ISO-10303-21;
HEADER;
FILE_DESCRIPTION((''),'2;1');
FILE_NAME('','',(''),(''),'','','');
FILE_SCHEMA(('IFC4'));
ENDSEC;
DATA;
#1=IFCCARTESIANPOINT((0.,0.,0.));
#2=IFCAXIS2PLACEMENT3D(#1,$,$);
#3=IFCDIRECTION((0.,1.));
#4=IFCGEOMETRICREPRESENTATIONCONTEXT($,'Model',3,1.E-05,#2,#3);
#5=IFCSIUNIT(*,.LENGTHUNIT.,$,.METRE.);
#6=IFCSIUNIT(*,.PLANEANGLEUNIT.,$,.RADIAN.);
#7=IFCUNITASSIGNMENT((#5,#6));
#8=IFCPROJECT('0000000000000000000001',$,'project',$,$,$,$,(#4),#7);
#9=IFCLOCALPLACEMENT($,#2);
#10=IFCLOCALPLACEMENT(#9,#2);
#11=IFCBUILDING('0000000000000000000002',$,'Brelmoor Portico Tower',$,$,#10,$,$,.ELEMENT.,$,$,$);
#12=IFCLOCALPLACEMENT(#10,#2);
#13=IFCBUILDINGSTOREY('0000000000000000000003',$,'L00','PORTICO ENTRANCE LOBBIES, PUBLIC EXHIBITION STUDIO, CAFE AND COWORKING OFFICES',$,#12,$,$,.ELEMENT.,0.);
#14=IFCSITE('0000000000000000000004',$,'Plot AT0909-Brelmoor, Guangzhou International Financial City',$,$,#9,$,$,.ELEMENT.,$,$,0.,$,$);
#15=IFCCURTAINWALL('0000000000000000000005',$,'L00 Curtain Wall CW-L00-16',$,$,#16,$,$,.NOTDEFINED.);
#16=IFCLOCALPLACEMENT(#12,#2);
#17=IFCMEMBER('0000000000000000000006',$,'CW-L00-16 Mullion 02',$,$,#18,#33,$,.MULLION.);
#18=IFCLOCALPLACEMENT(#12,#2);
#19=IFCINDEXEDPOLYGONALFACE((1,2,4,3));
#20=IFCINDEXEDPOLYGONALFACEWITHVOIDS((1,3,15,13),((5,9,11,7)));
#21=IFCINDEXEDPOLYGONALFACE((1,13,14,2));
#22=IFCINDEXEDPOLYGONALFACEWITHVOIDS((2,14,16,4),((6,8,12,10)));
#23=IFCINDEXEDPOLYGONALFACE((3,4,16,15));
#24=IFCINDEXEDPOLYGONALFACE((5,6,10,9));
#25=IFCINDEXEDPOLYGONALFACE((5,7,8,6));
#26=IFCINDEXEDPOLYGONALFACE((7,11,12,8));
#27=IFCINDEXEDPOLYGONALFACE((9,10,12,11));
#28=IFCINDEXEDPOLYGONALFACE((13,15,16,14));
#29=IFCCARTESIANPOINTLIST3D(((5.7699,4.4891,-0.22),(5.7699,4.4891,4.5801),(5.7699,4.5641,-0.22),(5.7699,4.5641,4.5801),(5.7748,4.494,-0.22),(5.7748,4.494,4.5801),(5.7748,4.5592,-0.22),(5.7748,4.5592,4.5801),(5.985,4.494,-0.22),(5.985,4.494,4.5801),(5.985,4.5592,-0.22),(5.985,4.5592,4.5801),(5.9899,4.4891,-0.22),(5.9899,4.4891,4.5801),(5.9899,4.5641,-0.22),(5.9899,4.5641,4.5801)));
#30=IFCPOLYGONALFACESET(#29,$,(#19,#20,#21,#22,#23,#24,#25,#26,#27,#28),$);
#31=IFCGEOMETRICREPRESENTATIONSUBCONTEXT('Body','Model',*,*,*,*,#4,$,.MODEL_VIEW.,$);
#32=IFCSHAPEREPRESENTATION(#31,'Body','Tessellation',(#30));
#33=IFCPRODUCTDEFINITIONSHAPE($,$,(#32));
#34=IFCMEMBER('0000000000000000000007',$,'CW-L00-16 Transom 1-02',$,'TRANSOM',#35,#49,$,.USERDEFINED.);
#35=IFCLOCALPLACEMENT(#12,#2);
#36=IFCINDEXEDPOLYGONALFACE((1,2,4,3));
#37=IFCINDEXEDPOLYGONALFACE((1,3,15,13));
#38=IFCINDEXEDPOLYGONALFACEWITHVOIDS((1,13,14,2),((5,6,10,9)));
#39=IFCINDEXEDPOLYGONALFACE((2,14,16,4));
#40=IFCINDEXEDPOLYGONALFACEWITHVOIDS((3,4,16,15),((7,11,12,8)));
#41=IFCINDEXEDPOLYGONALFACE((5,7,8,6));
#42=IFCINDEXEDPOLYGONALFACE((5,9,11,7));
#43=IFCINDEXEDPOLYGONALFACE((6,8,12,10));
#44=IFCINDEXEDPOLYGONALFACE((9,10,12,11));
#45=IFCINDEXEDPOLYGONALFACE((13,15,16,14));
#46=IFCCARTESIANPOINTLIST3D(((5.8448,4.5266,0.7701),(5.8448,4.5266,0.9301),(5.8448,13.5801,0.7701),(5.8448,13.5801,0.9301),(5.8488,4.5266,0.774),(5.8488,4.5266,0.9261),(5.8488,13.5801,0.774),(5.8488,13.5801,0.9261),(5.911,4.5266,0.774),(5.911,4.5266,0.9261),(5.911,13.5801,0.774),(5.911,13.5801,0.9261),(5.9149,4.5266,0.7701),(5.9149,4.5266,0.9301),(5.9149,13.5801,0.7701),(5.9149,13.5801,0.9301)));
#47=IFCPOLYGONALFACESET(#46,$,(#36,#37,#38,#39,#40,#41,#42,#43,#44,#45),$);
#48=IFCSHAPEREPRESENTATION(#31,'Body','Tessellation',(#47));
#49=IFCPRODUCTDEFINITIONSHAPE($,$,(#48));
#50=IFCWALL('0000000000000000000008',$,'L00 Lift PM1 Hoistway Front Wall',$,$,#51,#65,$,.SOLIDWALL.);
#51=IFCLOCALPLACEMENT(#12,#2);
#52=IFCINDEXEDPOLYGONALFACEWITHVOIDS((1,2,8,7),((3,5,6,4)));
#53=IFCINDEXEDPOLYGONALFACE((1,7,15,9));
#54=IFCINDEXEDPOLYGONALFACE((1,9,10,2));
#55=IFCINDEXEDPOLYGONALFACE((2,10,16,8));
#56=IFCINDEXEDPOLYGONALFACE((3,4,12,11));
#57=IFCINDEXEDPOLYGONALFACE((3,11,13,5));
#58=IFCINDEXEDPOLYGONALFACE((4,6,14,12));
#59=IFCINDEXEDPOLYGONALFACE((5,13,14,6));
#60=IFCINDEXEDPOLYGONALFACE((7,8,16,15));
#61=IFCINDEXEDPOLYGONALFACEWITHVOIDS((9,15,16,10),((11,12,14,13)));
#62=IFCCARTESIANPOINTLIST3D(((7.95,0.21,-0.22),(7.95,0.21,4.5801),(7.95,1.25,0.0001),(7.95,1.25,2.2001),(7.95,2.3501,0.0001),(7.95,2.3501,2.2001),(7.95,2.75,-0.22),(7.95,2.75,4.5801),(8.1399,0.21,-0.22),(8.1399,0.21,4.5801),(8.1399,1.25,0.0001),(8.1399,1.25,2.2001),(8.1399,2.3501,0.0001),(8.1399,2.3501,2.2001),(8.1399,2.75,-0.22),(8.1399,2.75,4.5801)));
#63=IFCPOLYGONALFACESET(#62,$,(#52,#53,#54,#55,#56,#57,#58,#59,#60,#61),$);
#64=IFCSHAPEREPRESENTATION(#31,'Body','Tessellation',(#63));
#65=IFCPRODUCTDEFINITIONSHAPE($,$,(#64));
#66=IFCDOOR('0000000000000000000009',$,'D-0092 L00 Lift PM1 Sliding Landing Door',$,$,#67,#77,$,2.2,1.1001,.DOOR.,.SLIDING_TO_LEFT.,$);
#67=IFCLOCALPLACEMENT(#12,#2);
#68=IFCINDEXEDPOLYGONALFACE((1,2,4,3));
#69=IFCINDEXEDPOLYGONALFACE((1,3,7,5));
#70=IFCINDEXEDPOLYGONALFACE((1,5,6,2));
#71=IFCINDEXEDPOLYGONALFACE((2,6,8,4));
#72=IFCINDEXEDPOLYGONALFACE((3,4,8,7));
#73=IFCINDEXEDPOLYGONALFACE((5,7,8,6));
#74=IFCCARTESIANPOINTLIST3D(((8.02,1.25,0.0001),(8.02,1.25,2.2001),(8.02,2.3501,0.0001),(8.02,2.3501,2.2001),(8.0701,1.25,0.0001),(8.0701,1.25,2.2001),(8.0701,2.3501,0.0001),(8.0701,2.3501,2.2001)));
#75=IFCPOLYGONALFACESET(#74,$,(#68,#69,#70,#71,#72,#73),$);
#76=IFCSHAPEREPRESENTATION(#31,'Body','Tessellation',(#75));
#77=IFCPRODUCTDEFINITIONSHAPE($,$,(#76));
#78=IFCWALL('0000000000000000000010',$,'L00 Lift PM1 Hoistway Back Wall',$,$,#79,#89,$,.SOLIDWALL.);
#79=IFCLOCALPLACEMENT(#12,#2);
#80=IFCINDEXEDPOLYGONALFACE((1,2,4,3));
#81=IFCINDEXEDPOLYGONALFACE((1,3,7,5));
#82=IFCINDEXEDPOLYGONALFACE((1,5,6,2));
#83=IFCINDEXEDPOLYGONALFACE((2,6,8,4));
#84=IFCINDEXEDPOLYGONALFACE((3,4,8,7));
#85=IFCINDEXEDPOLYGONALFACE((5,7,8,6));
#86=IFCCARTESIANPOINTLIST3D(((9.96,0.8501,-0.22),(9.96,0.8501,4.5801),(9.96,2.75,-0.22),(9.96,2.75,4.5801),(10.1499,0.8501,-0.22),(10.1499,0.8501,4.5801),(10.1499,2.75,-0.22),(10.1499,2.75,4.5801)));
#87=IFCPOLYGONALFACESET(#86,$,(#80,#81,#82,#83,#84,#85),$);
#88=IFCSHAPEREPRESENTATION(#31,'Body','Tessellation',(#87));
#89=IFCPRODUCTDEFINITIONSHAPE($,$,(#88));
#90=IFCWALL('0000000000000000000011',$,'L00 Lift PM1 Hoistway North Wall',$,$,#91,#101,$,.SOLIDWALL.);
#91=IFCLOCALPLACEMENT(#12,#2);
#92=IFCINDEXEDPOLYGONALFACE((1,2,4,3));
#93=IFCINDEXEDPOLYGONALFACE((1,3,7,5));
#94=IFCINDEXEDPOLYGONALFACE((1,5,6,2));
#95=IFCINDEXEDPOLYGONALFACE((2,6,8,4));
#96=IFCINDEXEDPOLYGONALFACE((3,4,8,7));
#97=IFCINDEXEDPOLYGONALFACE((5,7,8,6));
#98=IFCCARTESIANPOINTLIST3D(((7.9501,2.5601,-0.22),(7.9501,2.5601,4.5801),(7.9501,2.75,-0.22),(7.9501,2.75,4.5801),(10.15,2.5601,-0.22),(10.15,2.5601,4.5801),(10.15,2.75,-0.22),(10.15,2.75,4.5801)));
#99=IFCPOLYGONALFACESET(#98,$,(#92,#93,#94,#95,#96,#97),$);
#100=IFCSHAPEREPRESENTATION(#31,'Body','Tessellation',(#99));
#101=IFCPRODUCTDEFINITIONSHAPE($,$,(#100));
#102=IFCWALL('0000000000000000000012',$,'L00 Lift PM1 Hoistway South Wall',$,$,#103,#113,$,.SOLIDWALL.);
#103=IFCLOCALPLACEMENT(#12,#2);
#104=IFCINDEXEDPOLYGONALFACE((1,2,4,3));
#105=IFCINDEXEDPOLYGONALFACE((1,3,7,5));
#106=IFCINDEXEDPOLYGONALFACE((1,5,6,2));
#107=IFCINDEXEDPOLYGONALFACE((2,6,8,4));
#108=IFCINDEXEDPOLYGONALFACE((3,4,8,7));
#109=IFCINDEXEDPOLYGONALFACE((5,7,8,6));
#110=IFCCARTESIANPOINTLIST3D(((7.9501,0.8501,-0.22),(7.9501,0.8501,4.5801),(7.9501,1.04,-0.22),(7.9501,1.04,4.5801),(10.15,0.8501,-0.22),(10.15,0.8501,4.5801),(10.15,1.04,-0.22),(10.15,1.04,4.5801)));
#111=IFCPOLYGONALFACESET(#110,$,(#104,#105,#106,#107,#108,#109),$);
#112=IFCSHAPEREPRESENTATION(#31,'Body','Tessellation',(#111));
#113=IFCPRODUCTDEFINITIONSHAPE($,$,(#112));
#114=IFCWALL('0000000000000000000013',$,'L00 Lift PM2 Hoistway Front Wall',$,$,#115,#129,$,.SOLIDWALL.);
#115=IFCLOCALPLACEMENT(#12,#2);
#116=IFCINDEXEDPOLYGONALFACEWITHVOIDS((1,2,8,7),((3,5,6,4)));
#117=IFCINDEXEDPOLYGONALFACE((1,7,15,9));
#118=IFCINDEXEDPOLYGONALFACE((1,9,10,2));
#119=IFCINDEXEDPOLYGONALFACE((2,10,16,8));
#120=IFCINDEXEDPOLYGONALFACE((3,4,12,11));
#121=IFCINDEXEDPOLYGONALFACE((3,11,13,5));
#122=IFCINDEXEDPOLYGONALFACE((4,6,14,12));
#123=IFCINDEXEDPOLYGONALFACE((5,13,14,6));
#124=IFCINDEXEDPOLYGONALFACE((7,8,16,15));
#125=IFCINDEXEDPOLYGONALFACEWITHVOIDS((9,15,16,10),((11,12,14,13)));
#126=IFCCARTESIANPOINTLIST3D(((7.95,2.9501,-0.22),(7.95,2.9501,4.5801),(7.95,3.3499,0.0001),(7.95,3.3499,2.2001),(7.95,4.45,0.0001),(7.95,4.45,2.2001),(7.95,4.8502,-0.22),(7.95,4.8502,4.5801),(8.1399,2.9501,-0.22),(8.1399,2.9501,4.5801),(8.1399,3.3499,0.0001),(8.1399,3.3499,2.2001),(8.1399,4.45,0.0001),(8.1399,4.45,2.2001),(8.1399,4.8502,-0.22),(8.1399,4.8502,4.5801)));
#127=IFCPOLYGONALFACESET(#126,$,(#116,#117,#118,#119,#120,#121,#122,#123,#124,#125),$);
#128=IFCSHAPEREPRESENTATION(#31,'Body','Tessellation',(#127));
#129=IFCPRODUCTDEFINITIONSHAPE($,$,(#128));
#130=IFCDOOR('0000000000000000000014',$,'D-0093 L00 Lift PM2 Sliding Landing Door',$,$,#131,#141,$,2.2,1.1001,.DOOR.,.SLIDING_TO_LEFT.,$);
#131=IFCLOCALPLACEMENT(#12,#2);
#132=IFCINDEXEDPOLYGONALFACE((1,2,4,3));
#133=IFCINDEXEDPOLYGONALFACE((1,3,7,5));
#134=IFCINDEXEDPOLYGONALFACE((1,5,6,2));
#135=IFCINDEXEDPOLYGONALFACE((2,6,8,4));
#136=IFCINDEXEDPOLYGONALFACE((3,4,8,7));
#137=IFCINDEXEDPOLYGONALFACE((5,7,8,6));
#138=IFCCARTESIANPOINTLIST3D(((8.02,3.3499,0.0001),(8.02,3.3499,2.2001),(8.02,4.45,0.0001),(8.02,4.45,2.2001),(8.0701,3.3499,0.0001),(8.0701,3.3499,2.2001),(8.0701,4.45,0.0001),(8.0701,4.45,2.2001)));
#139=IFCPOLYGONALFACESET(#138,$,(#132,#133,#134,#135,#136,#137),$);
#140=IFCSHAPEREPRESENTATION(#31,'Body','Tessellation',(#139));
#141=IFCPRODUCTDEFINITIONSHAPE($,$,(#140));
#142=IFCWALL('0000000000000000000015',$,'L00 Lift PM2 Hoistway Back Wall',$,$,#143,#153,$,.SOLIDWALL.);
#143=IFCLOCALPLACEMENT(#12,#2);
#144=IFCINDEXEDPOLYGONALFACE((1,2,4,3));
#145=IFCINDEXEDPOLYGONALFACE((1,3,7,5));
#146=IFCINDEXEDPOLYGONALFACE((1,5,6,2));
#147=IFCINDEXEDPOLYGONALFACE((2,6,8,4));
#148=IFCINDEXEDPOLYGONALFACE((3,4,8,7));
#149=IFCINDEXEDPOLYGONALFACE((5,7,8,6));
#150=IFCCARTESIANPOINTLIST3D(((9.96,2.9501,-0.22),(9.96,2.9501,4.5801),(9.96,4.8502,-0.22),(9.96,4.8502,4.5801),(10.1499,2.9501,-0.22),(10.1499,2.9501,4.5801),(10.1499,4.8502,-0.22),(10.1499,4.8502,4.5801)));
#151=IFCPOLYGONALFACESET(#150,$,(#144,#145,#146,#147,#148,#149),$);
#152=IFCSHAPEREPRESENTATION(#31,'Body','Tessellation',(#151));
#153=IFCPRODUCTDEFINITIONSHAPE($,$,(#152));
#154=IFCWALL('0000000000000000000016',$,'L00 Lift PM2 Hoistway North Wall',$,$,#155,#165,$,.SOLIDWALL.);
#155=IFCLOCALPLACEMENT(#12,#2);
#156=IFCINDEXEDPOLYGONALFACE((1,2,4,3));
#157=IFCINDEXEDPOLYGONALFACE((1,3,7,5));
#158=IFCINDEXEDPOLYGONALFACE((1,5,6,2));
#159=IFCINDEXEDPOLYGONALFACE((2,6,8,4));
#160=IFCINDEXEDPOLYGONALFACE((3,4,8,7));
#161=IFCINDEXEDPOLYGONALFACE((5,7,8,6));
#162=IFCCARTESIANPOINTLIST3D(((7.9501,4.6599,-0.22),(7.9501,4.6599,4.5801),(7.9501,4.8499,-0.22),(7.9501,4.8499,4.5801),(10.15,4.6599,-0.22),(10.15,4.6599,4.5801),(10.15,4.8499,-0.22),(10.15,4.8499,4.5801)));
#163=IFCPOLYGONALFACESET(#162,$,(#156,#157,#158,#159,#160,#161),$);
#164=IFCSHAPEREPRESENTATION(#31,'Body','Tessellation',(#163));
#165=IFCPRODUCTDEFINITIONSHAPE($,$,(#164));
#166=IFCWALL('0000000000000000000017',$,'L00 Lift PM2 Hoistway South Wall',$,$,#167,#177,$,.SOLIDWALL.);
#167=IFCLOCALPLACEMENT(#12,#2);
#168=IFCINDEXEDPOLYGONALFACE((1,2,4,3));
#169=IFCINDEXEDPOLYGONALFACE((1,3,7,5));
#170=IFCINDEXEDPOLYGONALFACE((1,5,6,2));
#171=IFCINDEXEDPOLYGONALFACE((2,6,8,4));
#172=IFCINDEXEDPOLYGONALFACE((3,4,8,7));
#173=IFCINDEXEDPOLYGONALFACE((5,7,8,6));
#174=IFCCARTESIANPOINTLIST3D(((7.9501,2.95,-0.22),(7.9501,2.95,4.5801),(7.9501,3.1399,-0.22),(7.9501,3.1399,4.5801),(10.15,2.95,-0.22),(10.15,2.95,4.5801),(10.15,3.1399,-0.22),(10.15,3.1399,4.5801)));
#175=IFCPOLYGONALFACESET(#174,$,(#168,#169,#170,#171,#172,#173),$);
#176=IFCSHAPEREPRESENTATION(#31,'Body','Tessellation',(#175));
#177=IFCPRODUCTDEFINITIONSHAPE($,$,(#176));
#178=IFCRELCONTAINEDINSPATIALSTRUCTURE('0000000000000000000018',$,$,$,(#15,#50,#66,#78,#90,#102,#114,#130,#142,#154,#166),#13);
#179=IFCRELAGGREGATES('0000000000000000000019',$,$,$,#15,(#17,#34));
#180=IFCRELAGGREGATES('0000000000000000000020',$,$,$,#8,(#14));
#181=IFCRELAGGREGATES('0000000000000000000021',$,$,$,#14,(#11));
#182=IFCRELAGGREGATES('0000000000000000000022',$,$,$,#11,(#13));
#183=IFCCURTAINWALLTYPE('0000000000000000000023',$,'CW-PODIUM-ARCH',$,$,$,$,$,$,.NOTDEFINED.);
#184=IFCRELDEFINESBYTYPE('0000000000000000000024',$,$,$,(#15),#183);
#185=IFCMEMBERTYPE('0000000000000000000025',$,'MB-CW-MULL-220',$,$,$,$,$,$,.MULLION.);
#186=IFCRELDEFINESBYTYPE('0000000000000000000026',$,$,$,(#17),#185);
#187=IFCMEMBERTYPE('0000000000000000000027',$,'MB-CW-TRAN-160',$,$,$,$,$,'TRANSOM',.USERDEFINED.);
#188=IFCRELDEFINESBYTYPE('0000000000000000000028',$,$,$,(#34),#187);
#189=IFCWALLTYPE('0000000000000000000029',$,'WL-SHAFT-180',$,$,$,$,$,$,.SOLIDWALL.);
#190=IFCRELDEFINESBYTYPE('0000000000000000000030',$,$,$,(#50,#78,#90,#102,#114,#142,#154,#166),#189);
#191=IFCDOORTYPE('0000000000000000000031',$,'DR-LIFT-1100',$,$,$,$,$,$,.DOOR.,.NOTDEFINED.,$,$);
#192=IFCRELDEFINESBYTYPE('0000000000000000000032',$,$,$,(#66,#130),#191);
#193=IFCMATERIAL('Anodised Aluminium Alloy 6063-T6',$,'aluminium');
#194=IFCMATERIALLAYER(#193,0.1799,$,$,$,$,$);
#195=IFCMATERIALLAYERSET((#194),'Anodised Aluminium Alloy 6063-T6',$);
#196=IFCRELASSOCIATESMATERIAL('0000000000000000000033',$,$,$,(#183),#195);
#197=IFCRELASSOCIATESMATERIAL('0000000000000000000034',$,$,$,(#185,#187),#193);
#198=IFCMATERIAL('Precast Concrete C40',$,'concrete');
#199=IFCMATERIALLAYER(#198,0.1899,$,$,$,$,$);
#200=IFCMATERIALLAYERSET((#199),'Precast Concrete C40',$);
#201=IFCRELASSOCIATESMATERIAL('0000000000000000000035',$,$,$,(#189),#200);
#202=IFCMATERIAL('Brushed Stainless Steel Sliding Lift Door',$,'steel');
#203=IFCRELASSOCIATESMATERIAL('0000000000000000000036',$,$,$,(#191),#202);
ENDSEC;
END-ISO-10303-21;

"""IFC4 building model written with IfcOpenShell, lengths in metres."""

from ifc_helpers import new_model, si_unit, direction, frame, frame_2d, origin, origin_2d, place, context, subcontext, project, spatial, rectangle, hollow_rectangle, extrude, material, layer, layer_set, material_profile, profile_set, type_object, element, fill, aggregate, save


model = new_model("IFC4")

# Units and contexts
model_context = context("Model", 3, precision=1e-05, world=origin(), true_north=direction((0.0, 1.0)))
body_context = subcontext(model_context, "Body", "Model", "MODEL_VIEW")
ifc_project = project(units=[si_unit("LENGTHUNIT", "METRE"), si_unit("PLANEANGLEUNIT", "RADIAN")], contexts=[model_context])

# Site, building, storey
site_placement = place(None, origin())
site = spatial("IfcSite", under=ifc_project, at=site_placement, Name="Plot AT0909-Brelmoor, Guangzhou International Financial City", CompositionType="ELEMENT", RefElevation=0.0)
building_placement = place(site_placement, origin())
building = spatial("IfcBuilding", under=site, at=building_placement, Name="Brelmoor Portico Tower", CompositionType="ELEMENT")
storey_placement = place(building_placement, origin())
storey = spatial("IfcBuildingStorey", under=building, at=storey_placement, Name="L00", Description="PORTICO ENTRANCE LOBBIES, PUBLIC EXHIBITION STUDIO, CAFE AND COWORKING OFFICES", CompositionType="ELEMENT", Elevation=0.0)

# Curtain wall, members
ifc_material_1 = material(Name="Anodised Aluminium Alloy 6063-T6", Category="aluminium")
ifc_layer_1 = layer(ifc_material_1, 0.1799)
ifc_layer_set_1 = layer_set([ifc_layer_1], Name="Anodised Aluminium Alloy 6063-T6")
curtain_wall_type = type_object("IfcCurtainWallType", Name="CW-PODIUM-ARCH", PredefinedType="NOTDEFINED", material=ifc_layer_set_1)
curtain_wall_placement = place(storey_placement, origin())
curtain_wall = element("IfcCurtainWall", 1, at=curtain_wall_placement, inside=storey, type_object=curtain_wall_type, Name="L00 Curtain Wall CW-L00-16", PredefinedType="NOTDEFINED")
ifc_material_profile_1 = material_profile(ifc_material_1, hollow_rectangle(XDim=0.075, YDim=0.22, WallThickness=0.0049, at=origin_2d()), Name="ALU MULLION 75x220")
ifc_profile_set_1 = profile_set([ifc_material_profile_1], Name="Anodised Aluminium Alloy 6063-T6")
member_type_1 = type_object("IfcMemberType", Name="MB-CW-MULL-220", PredefinedType="MULLION", material=ifc_profile_set_1)
member_1_placement = place(storey_placement, frame((5.8799, 4.5266, -0.22), z_axis=(0.0, 0.0, 1.0), x_axis=(0.0, 1.0, 0.0)))
member_1 = element("IfcMember", 2, at=member_1_placement, type_object=member_type_1, Name="CW-L00-16 Mullion 02", PredefinedType="MULLION", context=body_context, shape_type="SweptSolid", body=[
    extrude(hollow_rectangle(XDim=0.075, YDim=0.22, WallThickness=0.0049, at=origin_2d()), origin(), (0.0, 0.0, 1.0), 4.8),
])
ifc_material_profile_2 = material_profile(ifc_material_1, hollow_rectangle(XDim=0.0701, YDim=0.1599, WallThickness=0.0039, at=origin_2d()), Name="ALU TRANSOM 70x160")
ifc_profile_set_2 = profile_set([ifc_material_profile_2], Name="Anodised Aluminium Alloy 6063-T6")
member_type_2 = type_object("IfcMemberType", Name="MB-CW-TRAN-160", ElementType="TRANSOM", PredefinedType="USERDEFINED", material=ifc_profile_set_2)
member_2_placement = place(storey_placement, frame((5.8799, 4.5266, 0.8501), z_axis=(0.0, 1.0, 0.0), x_axis=(-1.0, 0.0, 0.0)))
member_2 = element("IfcMember", 3, at=member_2_placement, type_object=member_type_2, Name="CW-L00-16 Transom 1-02", ObjectType="TRANSOM", PredefinedType="USERDEFINED", context=body_context, shape_type="SweptSolid", body=[
    extrude(hollow_rectangle(XDim=0.0701, YDim=0.1599, WallThickness=0.0039, at=origin_2d()), origin(), (0.0, 0.0, 1.0), 9.0535),
])
aggregate(curtain_wall, [member_1, member_2])

# Wall, opening, door
ifc_material_2 = material(Name="Precast Concrete C40", Category="concrete")
ifc_layer_2 = layer(ifc_material_2, 0.1899)
ifc_layer_set_2 = layer_set([ifc_layer_2], Name="Precast Concrete C40")
wall_type = type_object("IfcWallType", Name="WL-SHAFT-180", PredefinedType="SOLIDWALL", material=ifc_layer_set_2)
wall_1_placement = place(storey_placement, frame((8.0449, 0.21, -0.22), z_axis=(0.0, 0.0, 1.0), x_axis=(0.0, 1.0, 0.0)))
wall_1 = element("IfcWall", 4, at=wall_1_placement, inside=storey, type_object=wall_type, Name="L00 Lift PM1 Hoistway Front Wall", PredefinedType="SOLIDWALL", context=body_context, shape_type="SweptSolid", body=[
    extrude(rectangle(XDim=2.54, YDim=0.1899, at=frame_2d((1.27, 0.0))), origin(), (0.0, 0.0, 1.0), 4.8),
])
opening_1_placement = place(wall_1_placement, frame((1.04, 0.0, 0.22)))
opening_1 = element("IfcOpeningElement", 5, at=opening_1_placement, cuts=wall_1, PredefinedType="OPENING", context=body_context, shape_type="SweptSolid", body=[
    extrude(rectangle(XDim=1.1001, YDim=2.2, at=frame_2d((0.55, 1.1001))), frame((0.0, 0.105, 0.0), z_axis=(0.0, -1.0, 0.0), x_axis=(1.0, 0.0, 0.0)), (0.0, 0.0, 1.0), 0.21),
])
ifc_material_3 = material(Name="Brushed Stainless Steel Sliding Lift Door", Category="steel")
door_type = type_object("IfcDoorType", Name="DR-LIFT-1100", OperationType="NOTDEFINED", PredefinedType="DOOR", material=ifc_material_3)
door_1_placement = place(opening_1_placement, origin())
door_1 = element("IfcDoor", 6, at=door_1_placement, inside=storey, type_object=door_type, Name="D-0092 L00 Lift PM1 Sliding Landing Door", OperationType="SLIDING_TO_LEFT", OverallHeight=2.2, OverallWidth=1.1001, PredefinedType="DOOR", context=body_context, shape_type="SweptSolid", body=[
    extrude(rectangle(XDim=1.1001, YDim=2.2, at=frame_2d((0.55, 1.1001))), frame((0.0, 0.0249, 0.0), z_axis=(0.0, -1.0, 0.0), x_axis=(1.0, 0.0, 0.0)), (0.0, 0.0, 1.0), 0.05),
])
fill(opening_1, door_1)

# Walls
wall_2_placement = place(storey_placement, frame((10.0549, 0.8501, -0.22), z_axis=(0.0, 0.0, 1.0), x_axis=(0.0, 1.0, 0.0)))
element("IfcWall", 7, at=wall_2_placement, inside=storey, type_object=wall_type, Name="L00 Lift PM1 Hoistway Back Wall", PredefinedType="SOLIDWALL", context=body_context, shape_type="SweptSolid", body=[
    extrude(rectangle(XDim=1.8999, YDim=0.1899, at=frame_2d((0.95, 0.0))), origin(), (0.0, 0.0, 1.0), 4.8),
])
for number, where, z_axis, x_axis, name in (
    (8, (7.95, 2.655, -0.22), (0.0, 0.0, 1.0), (1.0, 0.0, 0.0), "L00 Lift PM1 Hoistway North Wall"),
    (9, (7.95, 0.9451, -0.22), (0.0, 0.0, 1.0), (1.0, 0.0, 0.0), "L00 Lift PM1 Hoistway South Wall"),
):
    element("IfcWall", number, at=place(storey_placement, frame(where, z_axis=z_axis, x_axis=x_axis)), inside=storey, type_object=wall_type, Name=name, PredefinedType="SOLIDWALL", context=body_context, shape_type="SweptSolid", body=[
        extrude(rectangle(XDim=2.2, YDim=0.1899, at=frame_2d((1.1001, 0.0))), origin(), (0.0, 0.0, 1.0), 4.8),
    ])

# Wall, opening, door
wall_3_placement = place(storey_placement, frame((8.0449, 2.95, -0.22), z_axis=(0.0, 0.0, 1.0), x_axis=(0.0, 1.0, 0.0)))
wall_3 = element("IfcWall", 10, at=wall_3_placement, inside=storey, type_object=wall_type, Name="L00 Lift PM2 Hoistway Front Wall", PredefinedType="SOLIDWALL", context=body_context, shape_type="SweptSolid", body=[
    extrude(rectangle(XDim=1.9001, YDim=0.1899, at=frame_2d((0.9502, 0.0))), origin(), (0.0, 0.0, 1.0), 4.8),
])
opening_2_placement = place(wall_3_placement, frame((0.3999, 0.0, 0.22)))
opening_2 = element("IfcOpeningElement", 11, at=opening_2_placement, cuts=wall_3, PredefinedType="OPENING", context=body_context, shape_type="SweptSolid", body=[
    extrude(rectangle(XDim=1.1001, YDim=2.2, at=frame_2d((0.55, 1.1001))), frame((0.0, 0.105, 0.0), z_axis=(0.0, -1.0, 0.0), x_axis=(1.0, 0.0, 0.0)), (0.0, 0.0, 1.0), 0.21),
])
door_2_placement = place(opening_2_placement, origin())
door_2 = element("IfcDoor", 12, at=door_2_placement, inside=storey, type_object=door_type, Name="D-0093 L00 Lift PM2 Sliding Landing Door", OperationType="SLIDING_TO_LEFT", OverallHeight=2.2, OverallWidth=1.1001, PredefinedType="DOOR", context=body_context, shape_type="SweptSolid", body=[
    extrude(rectangle(XDim=1.1001, YDim=2.2, at=frame_2d((0.55, 1.1001))), frame((0.0, 0.0249, 0.0), z_axis=(0.0, -1.0, 0.0), x_axis=(1.0, 0.0, 0.0)), (0.0, 0.0, 1.0), 0.05),
])
fill(opening_2, door_2)

# Walls
wall_4_placement = place(storey_placement, frame((10.0549, 2.95, -0.22), z_axis=(0.0, 0.0, 1.0), x_axis=(0.0, 1.0, 0.0)))
element("IfcWall", 13, at=wall_4_placement, inside=storey, type_object=wall_type, Name="L00 Lift PM2 Hoistway Back Wall", PredefinedType="SOLIDWALL", context=body_context, shape_type="SweptSolid", body=[
    extrude(rectangle(XDim=1.9001, YDim=0.1899, at=frame_2d((0.9502, 0.0))), origin(), (0.0, 0.0, 1.0), 4.8),
])
for number, where, z_axis, x_axis, name in (
    (14, (7.95, 4.7549, -0.22), (0.0, 0.0, 1.0), (1.0, 0.0, 0.0), "L00 Lift PM2 Hoistway North Wall"),
    (15, (7.95, 3.0449, -0.22), (0.0, 0.0, 1.0), (1.0, 0.0, 0.0), "L00 Lift PM2 Hoistway South Wall"),
):
    element("IfcWall", number, at=place(storey_placement, frame(where, z_axis=z_axis, x_axis=x_axis)), inside=storey, type_object=wall_type, Name=name, PredefinedType="SOLIDWALL", context=body_context, shape_type="SweptSolid", body=[
        extrude(rectangle(XDim=2.2, YDim=0.1899, at=frame_2d((1.1001, 0.0))), origin(), (0.0, 0.0, 1.0), 4.8),
    ])

save(model, "model.ifc")
